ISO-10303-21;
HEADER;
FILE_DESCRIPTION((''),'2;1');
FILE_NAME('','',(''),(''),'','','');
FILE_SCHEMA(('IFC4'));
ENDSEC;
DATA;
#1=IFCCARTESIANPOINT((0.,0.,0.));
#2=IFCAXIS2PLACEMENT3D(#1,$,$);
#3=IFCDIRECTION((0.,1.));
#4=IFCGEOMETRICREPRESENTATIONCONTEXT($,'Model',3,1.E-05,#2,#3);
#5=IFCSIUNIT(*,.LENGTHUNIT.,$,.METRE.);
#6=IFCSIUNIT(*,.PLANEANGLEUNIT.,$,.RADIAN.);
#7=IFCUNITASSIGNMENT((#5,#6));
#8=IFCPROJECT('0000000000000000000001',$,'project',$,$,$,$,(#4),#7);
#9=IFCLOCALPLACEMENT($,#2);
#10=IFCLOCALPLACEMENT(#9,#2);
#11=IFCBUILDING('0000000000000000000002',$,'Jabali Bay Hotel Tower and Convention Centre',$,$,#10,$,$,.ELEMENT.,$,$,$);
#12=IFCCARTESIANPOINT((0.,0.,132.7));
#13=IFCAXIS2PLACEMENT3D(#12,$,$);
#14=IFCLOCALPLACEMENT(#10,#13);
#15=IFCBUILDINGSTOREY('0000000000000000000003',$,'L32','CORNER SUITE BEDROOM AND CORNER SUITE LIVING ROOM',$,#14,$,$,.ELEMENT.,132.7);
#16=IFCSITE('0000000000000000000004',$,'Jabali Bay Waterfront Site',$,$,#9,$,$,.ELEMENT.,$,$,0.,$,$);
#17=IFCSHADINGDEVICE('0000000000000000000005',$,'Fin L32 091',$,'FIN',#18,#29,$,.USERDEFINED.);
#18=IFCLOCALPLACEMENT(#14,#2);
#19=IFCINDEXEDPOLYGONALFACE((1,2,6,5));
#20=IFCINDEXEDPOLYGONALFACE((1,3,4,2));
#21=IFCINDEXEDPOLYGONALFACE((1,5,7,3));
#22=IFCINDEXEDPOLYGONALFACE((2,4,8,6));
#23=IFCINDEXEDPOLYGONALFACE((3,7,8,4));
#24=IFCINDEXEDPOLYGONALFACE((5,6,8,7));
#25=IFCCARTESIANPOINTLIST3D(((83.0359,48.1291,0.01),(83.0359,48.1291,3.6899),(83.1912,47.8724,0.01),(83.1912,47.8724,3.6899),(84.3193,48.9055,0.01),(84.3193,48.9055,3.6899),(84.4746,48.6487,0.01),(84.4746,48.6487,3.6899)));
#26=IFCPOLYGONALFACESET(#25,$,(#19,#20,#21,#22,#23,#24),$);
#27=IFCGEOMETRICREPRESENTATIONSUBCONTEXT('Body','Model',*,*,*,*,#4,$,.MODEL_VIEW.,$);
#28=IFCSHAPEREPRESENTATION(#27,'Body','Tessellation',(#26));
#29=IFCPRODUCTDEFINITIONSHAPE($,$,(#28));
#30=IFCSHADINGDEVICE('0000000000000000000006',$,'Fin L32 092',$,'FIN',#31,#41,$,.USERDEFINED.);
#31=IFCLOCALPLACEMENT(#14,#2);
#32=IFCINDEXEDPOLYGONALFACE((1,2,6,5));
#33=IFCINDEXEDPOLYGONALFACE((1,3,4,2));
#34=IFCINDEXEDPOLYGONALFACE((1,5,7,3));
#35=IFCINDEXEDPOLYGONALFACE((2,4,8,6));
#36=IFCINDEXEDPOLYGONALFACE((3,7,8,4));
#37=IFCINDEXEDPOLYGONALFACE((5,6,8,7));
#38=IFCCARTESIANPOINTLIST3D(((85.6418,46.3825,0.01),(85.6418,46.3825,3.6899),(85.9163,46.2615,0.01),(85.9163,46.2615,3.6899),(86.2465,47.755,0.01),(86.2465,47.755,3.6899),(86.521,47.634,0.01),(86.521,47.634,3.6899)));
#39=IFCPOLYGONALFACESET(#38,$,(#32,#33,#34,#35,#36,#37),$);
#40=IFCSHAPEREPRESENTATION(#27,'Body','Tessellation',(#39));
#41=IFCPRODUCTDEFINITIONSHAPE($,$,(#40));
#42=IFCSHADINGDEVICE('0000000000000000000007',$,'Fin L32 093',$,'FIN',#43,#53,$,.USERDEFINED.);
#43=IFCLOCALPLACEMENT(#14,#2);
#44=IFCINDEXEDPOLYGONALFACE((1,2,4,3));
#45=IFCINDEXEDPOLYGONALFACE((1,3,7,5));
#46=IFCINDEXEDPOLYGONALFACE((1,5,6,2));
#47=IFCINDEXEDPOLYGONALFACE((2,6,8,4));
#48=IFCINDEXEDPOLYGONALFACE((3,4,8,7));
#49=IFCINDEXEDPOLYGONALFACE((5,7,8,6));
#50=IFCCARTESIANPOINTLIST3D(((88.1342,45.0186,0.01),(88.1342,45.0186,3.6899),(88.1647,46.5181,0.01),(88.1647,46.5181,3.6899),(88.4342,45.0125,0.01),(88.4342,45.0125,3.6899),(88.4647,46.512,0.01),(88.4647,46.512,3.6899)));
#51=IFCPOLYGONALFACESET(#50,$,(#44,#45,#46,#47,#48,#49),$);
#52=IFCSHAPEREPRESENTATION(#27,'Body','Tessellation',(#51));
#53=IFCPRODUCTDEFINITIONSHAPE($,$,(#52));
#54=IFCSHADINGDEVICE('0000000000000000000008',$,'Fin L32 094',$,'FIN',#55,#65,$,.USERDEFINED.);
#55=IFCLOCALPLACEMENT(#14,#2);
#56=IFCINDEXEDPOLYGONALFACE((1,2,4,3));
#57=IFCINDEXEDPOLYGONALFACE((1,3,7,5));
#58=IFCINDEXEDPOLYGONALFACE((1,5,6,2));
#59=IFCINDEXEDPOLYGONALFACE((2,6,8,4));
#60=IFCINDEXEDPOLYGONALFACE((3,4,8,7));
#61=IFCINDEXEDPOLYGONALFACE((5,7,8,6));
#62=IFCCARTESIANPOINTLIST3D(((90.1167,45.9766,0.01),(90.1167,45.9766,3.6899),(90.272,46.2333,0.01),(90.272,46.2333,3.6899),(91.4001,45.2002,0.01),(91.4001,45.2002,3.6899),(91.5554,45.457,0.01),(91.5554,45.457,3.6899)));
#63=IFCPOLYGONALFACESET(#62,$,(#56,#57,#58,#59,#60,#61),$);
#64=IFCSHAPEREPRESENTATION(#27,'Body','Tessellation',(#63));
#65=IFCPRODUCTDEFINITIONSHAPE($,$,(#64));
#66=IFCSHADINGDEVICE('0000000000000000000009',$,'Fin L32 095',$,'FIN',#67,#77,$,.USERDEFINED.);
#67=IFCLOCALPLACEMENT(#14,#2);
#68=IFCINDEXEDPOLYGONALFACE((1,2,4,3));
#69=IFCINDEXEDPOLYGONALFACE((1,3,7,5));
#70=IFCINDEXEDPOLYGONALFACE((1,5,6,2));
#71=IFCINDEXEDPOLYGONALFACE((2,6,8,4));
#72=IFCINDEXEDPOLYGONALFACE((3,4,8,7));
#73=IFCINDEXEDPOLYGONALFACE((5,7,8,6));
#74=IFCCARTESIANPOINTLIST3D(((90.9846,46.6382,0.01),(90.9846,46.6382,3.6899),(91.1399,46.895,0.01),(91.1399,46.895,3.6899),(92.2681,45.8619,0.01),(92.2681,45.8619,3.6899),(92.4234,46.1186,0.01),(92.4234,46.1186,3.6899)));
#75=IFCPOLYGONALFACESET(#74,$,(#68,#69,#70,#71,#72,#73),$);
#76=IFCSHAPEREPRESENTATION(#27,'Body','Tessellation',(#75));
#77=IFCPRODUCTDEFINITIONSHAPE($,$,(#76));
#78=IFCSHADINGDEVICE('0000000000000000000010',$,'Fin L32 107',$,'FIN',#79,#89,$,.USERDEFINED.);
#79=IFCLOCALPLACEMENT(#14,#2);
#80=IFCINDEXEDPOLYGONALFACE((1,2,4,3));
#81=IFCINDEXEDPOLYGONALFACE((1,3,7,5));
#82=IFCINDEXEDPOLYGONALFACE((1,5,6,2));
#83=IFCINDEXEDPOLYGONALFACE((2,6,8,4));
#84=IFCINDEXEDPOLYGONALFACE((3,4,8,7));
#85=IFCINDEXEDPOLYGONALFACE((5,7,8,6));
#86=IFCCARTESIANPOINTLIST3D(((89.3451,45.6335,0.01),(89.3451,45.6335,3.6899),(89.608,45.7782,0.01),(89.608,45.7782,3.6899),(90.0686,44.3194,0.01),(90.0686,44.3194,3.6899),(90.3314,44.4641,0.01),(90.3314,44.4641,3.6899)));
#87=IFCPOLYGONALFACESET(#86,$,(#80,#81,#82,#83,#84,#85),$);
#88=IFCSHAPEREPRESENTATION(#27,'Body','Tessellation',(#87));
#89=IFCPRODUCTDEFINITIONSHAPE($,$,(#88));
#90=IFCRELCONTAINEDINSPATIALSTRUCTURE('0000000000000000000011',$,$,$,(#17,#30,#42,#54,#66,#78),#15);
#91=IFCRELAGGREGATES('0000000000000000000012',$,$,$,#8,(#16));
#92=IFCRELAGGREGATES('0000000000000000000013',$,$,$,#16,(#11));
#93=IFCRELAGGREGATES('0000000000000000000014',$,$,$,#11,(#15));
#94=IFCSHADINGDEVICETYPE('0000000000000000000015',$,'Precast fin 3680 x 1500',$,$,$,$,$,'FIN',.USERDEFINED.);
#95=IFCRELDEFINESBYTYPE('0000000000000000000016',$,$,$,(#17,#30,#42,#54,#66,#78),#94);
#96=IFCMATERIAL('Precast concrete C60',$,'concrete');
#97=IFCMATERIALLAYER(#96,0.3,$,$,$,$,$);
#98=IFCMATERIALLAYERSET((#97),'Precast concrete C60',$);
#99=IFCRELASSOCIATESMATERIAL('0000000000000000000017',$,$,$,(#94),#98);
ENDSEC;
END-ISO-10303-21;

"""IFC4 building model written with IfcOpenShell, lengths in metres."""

from ifc_helpers import new_model, si_unit, direction, frame, frame_2d, origin, place, context, subcontext, project, spatial, rectangle, extrude, material, layer, layer_set, type_object, element, save


model = new_model("IFC4")

# Units and contexts
model_context = context("Model", 3, precision=1e-05, world=origin(), true_north=direction((0.0, 1.0)))
body_context = subcontext(model_context, "Body", "Model", "MODEL_VIEW")
ifc_project = project(units=[si_unit("LENGTHUNIT", "METRE"), si_unit("PLANEANGLEUNIT", "RADIAN")], contexts=[model_context])

# Site, building, storey
site_placement = place(None, origin())
site = spatial("IfcSite", under=ifc_project, at=site_placement, Name="Jabali Bay Waterfront Site", CompositionType="ELEMENT", RefElevation=0.0)
building_placement = place(site_placement, origin())
building = spatial("IfcBuilding", under=site, at=building_placement, Name="Jabali Bay Hotel Tower and Convention Centre", CompositionType="ELEMENT")
storey_placement = place(building_placement, frame((0.0, 0.0, 132.7)))
storey = spatial("IfcBuildingStorey", under=building, at=storey_placement, Name="L32", Description="CORNER SUITE BEDROOM AND CORNER SUITE LIVING ROOM", CompositionType="ELEMENT", Elevation=132.7)

# Shading devices
ifc_material_1 = material(Name="Precast concrete C60", Category="concrete")
ifc_layer_1 = layer(ifc_material_1, 0.3)
ifc_layer_set_1 = layer_set([ifc_layer_1], Name="Precast concrete C60")
shading_device_type = type_object("IfcShadingDeviceType", Name="Precast fin 3680 x 1500", ElementType="FIN", PredefinedType="USERDEFINED", material=ifc_layer_set_1)
shading_device_placement = place(storey_placement, frame((84.397, 48.7771, 0.01), z_axis=(0.0, 0.0, 1.0), x_axis=(-0.855635, -0.51758, 0.0)))
element("IfcShadingDevice", 1, at=shading_device_placement, inside=storey, type_object=shading_device_type, Name="Fin L32 091", ObjectType="FIN", PredefinedType="USERDEFINED", context=body_context, shape_type="SweptSolid", body=[
    extrude(rectangle(XDim=1.5, YDim=0.3, at=frame_2d((0.75, 0.0))), origin(), (0.0, 0.0, 1.0), 3.6799),
])
for number, where, z_axis, x_axis, name in (
    (2, (86.3838, 47.6946, 0.01), (0.0, 0.0, 1.0), (-0.403191, -0.915116, 0.0), "Fin L32 092"),
    (3, (88.3147, 46.5151, 0.01), (0.0, 0.0, 1.0), (-0.020347, -0.999793, 0.0), "Fin L32 093"),
):
    element("IfcShadingDevice", number, at=place(storey_placement, frame(where, z_axis=z_axis, x_axis=x_axis)), inside=storey, type_object=shading_device_type, Name=name, ObjectType="FIN", PredefinedType="USERDEFINED", context=body_context, shape_type="SweptSolid", body=[
        extrude(rectangle(XDim=1.4998, YDim=0.3, at=frame_2d((0.75, 0.0))), origin(), (0.0, 0.0, 1.0), 3.6799),
    ])
for number, where, z_axis, x_axis, name in (
    (4, (90.1943, 46.105, 0.01), (0.0, 0.0, 1.0), (0.855635, -0.51758, 0.0), "Fin L32 094"),
    (5, (91.0623, 46.7666, 0.01), (0.0, 0.0, 1.0), (0.855635, -0.51758, 0.0), "Fin L32 095"),
    (6, (89.4766, 45.7058, 0.01), (0.0, 0.0, 1.0), (0.482281, -0.876017, 0.0), "Fin L32 107"),
):
    element("IfcShadingDevice", number, at=place(storey_placement, frame(where, z_axis=z_axis, x_axis=x_axis)), inside=storey, type_object=shading_device_type, Name=name, ObjectType="FIN", PredefinedType="USERDEFINED", context=body_context, shape_type="SweptSolid", body=[
        extrude(rectangle(XDim=1.5, YDim=0.3, at=frame_2d((0.75, 0.0))), origin(), (0.0, 0.0, 1.0), 3.6799),
    ])

save(model, "model.ifc")
